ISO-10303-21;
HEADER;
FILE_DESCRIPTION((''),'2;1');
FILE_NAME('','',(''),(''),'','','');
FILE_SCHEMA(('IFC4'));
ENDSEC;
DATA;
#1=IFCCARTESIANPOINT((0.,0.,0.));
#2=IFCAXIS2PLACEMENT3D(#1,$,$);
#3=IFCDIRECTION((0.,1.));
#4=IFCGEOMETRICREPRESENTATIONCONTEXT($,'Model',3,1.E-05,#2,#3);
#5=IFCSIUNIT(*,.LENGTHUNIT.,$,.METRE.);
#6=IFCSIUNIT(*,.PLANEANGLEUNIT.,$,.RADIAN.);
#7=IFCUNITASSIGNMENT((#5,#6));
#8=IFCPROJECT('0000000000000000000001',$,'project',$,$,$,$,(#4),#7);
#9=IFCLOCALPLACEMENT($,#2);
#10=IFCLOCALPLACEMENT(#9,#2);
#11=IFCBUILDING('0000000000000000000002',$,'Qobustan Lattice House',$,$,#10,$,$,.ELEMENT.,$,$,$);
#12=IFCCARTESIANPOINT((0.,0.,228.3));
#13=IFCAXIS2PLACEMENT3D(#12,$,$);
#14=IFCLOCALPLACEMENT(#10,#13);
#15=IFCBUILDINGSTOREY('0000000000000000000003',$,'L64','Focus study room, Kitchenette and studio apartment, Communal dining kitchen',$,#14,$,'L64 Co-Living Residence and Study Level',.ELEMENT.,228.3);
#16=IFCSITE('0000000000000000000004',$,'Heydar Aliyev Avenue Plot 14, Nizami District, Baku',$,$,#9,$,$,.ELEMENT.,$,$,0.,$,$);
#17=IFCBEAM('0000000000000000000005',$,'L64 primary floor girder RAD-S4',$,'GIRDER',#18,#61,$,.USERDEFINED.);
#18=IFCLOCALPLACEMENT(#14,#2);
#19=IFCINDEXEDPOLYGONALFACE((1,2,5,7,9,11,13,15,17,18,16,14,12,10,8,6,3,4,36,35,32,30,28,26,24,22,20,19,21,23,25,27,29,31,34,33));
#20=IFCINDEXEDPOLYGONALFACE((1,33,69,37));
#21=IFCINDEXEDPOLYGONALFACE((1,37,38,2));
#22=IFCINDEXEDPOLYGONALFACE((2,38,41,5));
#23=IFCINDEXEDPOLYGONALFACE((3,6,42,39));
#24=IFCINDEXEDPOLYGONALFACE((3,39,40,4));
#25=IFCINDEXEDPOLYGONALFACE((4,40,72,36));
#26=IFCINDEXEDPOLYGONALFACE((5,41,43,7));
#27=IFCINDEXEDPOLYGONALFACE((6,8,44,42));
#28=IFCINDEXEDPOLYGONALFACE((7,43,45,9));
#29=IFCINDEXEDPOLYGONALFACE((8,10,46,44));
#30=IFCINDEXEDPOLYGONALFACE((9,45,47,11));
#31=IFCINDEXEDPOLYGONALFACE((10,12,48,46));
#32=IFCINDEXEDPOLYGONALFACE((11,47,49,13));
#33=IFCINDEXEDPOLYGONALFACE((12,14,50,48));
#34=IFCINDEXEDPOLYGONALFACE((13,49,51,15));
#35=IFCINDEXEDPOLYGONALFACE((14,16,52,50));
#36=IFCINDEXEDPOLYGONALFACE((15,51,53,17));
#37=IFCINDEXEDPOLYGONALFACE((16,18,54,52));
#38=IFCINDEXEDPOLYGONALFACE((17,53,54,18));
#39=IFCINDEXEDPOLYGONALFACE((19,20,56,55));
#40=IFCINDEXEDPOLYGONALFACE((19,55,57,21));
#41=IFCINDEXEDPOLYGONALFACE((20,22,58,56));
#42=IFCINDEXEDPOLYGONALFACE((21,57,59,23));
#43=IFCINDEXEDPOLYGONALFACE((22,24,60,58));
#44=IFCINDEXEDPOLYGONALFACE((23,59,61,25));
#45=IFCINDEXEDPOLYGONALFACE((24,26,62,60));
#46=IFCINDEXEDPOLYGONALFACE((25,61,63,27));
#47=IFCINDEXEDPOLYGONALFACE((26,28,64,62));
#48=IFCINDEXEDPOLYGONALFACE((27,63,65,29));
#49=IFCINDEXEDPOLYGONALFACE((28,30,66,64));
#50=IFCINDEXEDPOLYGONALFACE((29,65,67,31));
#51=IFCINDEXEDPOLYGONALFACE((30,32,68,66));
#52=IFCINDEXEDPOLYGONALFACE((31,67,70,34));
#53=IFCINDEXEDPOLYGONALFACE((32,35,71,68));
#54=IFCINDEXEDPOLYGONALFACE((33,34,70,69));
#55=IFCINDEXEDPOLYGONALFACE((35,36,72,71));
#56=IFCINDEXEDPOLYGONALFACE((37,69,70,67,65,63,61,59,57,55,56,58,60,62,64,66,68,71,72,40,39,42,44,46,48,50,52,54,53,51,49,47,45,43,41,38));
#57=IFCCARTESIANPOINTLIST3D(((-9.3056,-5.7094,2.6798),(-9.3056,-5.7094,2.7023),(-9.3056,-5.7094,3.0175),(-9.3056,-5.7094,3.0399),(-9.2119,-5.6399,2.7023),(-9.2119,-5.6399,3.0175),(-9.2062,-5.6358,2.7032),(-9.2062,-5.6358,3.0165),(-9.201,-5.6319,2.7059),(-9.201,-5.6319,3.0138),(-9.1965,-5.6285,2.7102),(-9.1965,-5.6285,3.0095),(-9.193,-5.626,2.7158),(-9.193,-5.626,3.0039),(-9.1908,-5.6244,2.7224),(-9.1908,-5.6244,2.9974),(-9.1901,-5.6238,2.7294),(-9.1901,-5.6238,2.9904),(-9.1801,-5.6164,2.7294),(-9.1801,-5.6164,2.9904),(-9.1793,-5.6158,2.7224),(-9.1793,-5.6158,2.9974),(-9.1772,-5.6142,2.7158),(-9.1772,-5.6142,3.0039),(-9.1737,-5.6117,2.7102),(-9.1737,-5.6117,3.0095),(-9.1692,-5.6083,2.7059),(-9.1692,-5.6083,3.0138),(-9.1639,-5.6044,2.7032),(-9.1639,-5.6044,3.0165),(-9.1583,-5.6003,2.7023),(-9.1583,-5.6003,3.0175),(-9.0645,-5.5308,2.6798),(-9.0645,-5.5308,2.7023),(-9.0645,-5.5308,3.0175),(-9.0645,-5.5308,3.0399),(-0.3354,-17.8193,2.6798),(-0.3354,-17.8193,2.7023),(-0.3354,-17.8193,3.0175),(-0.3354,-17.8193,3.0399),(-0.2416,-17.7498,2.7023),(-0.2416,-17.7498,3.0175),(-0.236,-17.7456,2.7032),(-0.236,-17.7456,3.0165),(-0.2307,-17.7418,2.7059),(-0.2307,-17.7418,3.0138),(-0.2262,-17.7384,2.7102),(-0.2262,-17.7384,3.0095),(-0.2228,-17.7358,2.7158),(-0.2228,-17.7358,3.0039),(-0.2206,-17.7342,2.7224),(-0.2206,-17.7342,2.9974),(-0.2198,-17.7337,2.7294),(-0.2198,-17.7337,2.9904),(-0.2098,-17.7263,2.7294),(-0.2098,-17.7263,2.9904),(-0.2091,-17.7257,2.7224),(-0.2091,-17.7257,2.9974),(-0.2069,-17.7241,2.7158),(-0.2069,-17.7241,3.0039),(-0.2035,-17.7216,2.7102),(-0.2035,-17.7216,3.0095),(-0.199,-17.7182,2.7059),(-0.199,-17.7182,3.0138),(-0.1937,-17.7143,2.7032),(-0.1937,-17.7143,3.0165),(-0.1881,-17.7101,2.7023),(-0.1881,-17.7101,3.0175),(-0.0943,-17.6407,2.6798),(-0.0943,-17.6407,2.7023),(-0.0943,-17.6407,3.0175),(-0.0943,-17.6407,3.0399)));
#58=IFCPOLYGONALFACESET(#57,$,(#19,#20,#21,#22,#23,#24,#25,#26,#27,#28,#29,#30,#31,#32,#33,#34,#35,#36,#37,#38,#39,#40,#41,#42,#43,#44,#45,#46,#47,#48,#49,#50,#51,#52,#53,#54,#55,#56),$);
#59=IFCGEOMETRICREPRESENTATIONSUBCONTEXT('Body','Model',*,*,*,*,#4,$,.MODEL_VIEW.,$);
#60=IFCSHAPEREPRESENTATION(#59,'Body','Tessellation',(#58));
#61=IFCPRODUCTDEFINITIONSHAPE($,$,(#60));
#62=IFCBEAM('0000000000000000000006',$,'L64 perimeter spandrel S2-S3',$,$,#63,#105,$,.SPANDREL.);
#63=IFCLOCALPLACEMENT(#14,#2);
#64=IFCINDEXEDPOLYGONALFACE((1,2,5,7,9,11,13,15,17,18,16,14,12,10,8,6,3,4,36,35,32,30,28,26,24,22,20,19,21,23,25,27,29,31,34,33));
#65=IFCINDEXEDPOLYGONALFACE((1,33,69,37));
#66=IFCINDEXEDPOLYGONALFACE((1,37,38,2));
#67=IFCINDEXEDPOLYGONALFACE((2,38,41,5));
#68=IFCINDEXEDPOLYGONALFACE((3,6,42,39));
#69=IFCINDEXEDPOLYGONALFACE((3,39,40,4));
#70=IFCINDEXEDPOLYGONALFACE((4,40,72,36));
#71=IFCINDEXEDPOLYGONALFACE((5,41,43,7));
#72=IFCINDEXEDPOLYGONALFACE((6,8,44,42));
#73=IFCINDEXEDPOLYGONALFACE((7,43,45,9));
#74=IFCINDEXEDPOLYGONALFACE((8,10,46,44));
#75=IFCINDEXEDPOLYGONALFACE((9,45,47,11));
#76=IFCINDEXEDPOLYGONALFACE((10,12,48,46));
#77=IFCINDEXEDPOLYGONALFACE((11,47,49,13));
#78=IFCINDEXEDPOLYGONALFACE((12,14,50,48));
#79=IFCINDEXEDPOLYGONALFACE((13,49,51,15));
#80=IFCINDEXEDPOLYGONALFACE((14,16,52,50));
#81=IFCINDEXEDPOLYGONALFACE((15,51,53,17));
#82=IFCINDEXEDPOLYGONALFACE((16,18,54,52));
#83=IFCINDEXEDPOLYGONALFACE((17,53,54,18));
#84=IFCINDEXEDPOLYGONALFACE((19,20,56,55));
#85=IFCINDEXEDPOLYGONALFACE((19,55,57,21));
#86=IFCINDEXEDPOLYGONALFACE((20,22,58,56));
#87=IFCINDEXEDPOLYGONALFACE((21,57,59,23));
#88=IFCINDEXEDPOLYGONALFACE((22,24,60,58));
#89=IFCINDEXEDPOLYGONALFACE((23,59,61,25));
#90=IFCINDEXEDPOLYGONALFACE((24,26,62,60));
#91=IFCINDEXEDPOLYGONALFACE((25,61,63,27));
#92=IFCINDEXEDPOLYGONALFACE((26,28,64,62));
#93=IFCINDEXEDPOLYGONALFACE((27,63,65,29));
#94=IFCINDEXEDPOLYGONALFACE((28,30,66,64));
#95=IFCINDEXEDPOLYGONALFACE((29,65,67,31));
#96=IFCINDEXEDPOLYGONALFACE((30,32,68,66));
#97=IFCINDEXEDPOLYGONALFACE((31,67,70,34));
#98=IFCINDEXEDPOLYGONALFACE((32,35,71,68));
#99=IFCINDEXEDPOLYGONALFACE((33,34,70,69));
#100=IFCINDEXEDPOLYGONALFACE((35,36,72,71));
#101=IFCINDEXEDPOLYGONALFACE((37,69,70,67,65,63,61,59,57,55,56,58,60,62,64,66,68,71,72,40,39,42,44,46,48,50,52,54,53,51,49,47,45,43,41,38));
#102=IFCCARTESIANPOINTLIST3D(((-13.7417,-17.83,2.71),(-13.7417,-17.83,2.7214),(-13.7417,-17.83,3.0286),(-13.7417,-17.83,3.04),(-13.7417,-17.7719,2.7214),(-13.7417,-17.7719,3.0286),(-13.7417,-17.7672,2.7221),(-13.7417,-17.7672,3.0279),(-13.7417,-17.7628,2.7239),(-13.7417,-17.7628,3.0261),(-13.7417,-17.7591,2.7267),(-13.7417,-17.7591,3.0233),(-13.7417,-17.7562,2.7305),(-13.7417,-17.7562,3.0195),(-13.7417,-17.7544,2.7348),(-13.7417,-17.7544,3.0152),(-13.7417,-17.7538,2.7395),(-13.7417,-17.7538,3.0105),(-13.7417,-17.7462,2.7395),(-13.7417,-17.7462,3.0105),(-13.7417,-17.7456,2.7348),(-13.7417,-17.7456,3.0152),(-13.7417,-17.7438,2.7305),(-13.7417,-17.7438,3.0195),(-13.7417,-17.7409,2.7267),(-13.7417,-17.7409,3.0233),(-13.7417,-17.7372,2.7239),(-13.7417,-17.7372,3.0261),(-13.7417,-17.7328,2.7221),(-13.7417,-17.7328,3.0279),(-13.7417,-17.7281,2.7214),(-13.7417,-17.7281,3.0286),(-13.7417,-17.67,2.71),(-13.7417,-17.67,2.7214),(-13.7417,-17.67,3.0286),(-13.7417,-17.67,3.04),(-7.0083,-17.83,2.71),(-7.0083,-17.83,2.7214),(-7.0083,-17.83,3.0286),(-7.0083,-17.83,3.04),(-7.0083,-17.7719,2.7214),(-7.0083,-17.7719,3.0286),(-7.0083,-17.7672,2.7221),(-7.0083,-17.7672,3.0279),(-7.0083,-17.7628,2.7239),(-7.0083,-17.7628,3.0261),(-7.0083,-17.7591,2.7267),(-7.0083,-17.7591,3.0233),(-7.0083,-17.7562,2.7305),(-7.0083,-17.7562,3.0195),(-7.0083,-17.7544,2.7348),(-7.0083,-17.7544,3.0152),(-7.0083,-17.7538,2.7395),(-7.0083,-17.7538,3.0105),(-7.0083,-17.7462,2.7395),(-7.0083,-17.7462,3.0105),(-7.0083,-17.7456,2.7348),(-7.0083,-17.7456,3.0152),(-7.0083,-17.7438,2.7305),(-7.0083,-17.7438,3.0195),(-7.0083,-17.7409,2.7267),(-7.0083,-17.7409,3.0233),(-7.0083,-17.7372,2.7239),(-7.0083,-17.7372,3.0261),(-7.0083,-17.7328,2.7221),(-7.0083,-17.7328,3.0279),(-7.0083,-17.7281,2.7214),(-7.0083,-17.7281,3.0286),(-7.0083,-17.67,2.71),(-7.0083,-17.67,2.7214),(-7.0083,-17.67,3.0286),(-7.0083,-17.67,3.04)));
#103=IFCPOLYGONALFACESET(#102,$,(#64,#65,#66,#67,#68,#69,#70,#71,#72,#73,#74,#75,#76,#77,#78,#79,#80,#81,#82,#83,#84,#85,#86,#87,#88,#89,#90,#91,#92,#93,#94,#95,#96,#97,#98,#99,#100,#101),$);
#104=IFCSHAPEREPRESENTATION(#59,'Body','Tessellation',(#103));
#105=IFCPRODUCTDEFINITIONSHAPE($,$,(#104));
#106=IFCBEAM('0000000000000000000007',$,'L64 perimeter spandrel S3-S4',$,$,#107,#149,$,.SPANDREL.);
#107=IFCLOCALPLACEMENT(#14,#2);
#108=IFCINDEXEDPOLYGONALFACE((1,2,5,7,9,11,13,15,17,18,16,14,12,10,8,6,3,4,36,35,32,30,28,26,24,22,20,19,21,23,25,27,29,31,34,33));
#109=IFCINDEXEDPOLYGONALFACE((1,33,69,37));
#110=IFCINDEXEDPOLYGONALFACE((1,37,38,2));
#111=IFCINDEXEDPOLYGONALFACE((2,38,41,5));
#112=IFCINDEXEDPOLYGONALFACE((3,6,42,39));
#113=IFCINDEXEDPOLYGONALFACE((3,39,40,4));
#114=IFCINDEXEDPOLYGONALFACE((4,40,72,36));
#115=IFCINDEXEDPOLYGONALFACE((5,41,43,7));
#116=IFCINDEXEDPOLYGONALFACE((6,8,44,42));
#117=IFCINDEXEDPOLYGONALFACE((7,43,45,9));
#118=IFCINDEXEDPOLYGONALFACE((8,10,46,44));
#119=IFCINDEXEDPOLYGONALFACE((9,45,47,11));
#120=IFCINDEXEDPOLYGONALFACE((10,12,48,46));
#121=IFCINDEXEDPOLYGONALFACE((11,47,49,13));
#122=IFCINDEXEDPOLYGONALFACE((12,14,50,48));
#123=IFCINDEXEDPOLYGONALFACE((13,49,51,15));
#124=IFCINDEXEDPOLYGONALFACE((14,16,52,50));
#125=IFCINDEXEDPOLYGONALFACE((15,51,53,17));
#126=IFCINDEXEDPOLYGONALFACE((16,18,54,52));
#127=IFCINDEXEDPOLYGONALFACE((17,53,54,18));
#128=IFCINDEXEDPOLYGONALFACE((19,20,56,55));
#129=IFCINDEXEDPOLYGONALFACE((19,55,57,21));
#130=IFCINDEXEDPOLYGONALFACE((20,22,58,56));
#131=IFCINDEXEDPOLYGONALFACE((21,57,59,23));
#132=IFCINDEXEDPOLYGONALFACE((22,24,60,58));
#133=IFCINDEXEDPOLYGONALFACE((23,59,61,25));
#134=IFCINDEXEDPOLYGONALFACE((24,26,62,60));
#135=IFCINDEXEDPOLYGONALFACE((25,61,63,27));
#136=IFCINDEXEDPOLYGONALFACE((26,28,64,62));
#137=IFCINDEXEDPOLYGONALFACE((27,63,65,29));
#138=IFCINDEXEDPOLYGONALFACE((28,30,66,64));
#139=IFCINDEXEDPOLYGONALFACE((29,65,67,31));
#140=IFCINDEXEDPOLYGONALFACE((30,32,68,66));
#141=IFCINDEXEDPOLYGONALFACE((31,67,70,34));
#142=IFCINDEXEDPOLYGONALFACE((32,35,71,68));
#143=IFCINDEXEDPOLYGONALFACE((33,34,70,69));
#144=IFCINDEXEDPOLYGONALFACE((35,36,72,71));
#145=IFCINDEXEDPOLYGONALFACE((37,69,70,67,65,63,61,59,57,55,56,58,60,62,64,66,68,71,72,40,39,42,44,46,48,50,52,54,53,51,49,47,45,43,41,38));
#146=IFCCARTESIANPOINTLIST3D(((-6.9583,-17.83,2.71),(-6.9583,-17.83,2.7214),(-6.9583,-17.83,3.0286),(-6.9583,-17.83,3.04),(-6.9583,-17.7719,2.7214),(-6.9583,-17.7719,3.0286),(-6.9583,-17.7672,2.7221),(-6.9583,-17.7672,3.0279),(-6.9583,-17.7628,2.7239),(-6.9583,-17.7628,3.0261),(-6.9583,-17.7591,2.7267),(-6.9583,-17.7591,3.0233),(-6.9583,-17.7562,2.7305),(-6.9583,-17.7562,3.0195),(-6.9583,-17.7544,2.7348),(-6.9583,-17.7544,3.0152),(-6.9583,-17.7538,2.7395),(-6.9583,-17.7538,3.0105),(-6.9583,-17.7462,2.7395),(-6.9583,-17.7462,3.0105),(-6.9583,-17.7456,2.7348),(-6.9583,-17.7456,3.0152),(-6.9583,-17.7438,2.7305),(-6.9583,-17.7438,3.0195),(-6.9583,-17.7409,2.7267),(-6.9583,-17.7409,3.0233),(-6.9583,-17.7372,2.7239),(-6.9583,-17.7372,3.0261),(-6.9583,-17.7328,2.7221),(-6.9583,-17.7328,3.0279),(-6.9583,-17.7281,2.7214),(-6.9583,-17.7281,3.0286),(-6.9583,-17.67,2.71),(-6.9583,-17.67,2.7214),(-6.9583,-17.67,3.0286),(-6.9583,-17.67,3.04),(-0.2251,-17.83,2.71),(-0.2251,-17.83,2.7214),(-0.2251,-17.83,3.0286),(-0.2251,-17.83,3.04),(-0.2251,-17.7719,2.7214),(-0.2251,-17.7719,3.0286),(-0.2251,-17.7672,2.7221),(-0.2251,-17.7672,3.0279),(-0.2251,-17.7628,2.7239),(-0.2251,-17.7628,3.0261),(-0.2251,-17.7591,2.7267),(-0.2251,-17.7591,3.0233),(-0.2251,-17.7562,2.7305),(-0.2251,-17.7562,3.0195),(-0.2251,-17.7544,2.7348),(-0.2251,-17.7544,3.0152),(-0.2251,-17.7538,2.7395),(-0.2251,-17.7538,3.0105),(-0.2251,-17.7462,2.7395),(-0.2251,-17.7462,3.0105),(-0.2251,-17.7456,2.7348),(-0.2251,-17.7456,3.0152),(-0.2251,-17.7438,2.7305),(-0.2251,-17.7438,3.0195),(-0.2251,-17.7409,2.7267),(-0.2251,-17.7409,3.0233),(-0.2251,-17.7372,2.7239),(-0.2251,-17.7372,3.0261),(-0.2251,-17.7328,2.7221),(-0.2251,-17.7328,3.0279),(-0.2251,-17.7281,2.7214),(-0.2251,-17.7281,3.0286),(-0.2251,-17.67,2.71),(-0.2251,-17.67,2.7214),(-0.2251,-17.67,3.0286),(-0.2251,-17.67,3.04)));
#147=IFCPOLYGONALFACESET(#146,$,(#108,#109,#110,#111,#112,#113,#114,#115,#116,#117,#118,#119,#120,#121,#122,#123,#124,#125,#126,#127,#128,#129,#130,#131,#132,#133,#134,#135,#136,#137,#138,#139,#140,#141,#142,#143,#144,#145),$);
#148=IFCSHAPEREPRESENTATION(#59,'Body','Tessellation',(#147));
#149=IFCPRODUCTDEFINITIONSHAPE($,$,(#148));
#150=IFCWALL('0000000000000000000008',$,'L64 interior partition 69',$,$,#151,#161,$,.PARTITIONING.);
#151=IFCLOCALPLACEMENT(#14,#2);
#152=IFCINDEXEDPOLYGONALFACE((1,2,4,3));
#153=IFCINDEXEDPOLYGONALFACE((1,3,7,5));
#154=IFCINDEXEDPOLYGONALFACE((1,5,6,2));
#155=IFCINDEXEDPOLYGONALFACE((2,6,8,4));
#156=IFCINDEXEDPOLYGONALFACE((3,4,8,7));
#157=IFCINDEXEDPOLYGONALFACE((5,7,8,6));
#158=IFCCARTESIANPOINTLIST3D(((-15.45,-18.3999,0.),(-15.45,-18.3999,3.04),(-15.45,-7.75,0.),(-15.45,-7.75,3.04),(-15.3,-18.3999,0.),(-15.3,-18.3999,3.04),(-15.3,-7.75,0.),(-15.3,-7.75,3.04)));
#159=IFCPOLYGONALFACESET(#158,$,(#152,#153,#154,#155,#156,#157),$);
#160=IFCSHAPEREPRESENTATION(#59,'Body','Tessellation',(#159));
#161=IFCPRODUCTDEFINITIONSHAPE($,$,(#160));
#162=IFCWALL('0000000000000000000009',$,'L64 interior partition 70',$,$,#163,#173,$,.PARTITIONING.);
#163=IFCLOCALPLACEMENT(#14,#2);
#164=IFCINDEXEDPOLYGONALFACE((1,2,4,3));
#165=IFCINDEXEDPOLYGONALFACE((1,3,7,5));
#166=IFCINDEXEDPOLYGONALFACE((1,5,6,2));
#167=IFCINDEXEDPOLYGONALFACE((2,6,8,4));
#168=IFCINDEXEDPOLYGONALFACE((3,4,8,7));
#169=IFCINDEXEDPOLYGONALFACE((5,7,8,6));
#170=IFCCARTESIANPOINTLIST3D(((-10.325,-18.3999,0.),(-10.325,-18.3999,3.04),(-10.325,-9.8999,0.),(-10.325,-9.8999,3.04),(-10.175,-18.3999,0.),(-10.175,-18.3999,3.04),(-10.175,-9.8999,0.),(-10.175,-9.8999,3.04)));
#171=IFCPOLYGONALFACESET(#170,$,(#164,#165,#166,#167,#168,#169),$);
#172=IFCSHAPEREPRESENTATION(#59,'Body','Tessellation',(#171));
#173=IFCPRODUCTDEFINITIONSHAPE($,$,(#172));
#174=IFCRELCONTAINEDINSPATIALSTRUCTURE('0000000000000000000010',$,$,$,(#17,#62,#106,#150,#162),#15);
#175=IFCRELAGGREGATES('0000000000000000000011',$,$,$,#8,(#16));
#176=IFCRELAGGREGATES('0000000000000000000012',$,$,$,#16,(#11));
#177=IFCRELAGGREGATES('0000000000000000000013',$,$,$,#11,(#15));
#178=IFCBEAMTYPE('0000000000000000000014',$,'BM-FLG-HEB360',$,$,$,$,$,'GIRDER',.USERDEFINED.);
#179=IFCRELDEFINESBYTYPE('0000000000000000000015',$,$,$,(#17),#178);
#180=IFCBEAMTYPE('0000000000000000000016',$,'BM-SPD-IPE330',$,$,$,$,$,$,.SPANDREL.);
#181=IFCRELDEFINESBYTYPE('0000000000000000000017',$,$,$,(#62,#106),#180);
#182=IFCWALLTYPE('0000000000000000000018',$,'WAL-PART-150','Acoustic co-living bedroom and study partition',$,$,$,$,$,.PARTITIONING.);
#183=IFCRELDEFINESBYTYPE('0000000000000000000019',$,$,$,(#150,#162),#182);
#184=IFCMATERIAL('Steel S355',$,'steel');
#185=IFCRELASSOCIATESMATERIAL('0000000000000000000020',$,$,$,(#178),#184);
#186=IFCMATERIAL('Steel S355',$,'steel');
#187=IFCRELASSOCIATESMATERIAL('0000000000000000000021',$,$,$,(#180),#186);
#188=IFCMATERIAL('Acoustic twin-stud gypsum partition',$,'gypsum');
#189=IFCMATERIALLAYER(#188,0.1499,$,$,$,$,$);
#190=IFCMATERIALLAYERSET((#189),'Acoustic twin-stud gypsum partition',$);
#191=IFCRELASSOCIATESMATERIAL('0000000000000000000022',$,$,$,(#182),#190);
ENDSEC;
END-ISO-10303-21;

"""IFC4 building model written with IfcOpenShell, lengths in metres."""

from ifc_helpers import new_model, si_unit, direction, frame, frame_2d, origin, origin_2d, place, context, subcontext, project, spatial, rectangle, i_section, extrude, material, layer, layer_set, material_profile, profile_set, type_object, element, save


model = new_model("IFC4")

# Units and contexts
model_context = context("Model", 3, precision=1e-05, world=origin(), true_north=direction((0.0, 1.0)))
body_context = subcontext(model_context, "Body", "Model", "MODEL_VIEW")
ifc_project = project(units=[si_unit("LENGTHUNIT", "METRE"), si_unit("PLANEANGLEUNIT", "RADIAN")], contexts=[model_context])

# Site, building, storey
site_placement = place(None, origin())
site = spatial("IfcSite", under=ifc_project, at=site_placement, Name="Heydar Aliyev Avenue Plot 14, Nizami District, Baku", CompositionType="ELEMENT", RefElevation=0.0)
building_placement = place(site_placement, origin())
building = spatial("IfcBuilding", under=site, at=building_placement, Name="Qobustan Lattice House", CompositionType="ELEMENT")
storey_placement = place(building_placement, frame((0.0, 0.0, 228.3)))
storey = spatial("IfcBuildingStorey", under=building, at=storey_placement, Name="L64", Description="Focus study room, Kitchenette and studio apartment, Communal dining kitchen", LongName="L64 Co-Living Residence and Study Level", CompositionType="ELEMENT", Elevation=228.3)

# Beams
ifc_material_1 = material(Name="Steel S355", Category="steel")
ifc_material_profile_1 = material_profile(ifc_material_1, i_section(OverallWidth=0.3, OverallDepth=0.3601, WebThickness=0.0125, FlangeThickness=0.0225, FilletRadius=0.0271, at=origin_2d()), Name="HEB360")
ifc_profile_set_1 = profile_set([ifc_material_profile_1], Name="Steel S355")
beam_type_1 = type_object("IfcBeamType", Name="BM-FLG-HEB360", ElementType="GIRDER", PredefinedType="USERDEFINED", material=ifc_profile_set_1)
beam_1_placement = place(storey_placement, frame((-0.2148, -17.73, 2.8599), z_axis=(-0.595225, 0.803559, 0.0), x_axis=(-0.803559, -0.595225, 0.0)))
element("IfcBeam", 1, at=beam_1_placement, inside=storey, type_object=beam_type_1, Name="L64 primary floor girder RAD-S4", ObjectType="GIRDER", PredefinedType="USERDEFINED", context=body_context, shape_type="SweptSolid", body=[
    extrude(i_section(OverallWidth=0.3, OverallDepth=0.3601, WebThickness=0.0125, FlangeThickness=0.0225, FilletRadius=0.0271, at=origin_2d()), origin(), (0.0, 0.0, 1.0), 15.0703),
])
ifc_material_2 = material(Name="Steel S355", Category="steel")
ifc_material_profile_2 = material_profile(ifc_material_2, i_section(OverallWidth=0.1599, OverallDepth=0.3301, WebThickness=0.0076, FlangeThickness=0.0115, FilletRadius=0.0181, at=origin_2d()), Name="IPE330")
ifc_profile_set_2 = profile_set([ifc_material_profile_2], Name="Steel S355")
beam_type_2 = type_object("IfcBeamType", Name="BM-SPD-IPE330", PredefinedType="SPANDREL", material=ifc_profile_set_2)
beam_2_placement = place(storey_placement, frame((-13.7417, -17.75, 2.875), z_axis=(1.0, 0.0, 0.0), x_axis=(0.0, 1.0, 0.0)))
element("IfcBeam", 2, at=beam_2_placement, inside=storey, type_object=beam_type_2, Name="L64 perimeter spandrel S2-S3", PredefinedType="SPANDREL", context=body_context, shape_type="SweptSolid", body=[
    extrude(i_section(OverallWidth=0.1599, OverallDepth=0.3301, WebThickness=0.0076, FlangeThickness=0.0115, FilletRadius=0.0181, at=origin_2d()), origin(), (0.0, 0.0, 1.0), 6.7334),
])
beam_3_placement = place(storey_placement, frame((-6.9583, -17.75, 2.875), z_axis=(1.0, 0.0, 0.0), x_axis=(0.0, 1.0, 0.0)))
element("IfcBeam", 3, at=beam_3_placement, inside=storey, type_object=beam_type_2, Name="L64 perimeter spandrel S3-S4", PredefinedType="SPANDREL", context=body_context, shape_type="SweptSolid", body=[
    extrude(i_section(OverallWidth=0.1599, OverallDepth=0.3301, WebThickness=0.0076, FlangeThickness=0.0115, FilletRadius=0.0181, at=origin_2d()), origin(), (0.0, 0.0, 1.0), 6.7332),
])

# Shared definitions
ifc_material_3 = material(Name="Acoustic twin-stud gypsum partition", Category="gypsum")
ifc_layer_1 = layer(ifc_material_3, 0.1499)
ifc_layer_set_1 = layer_set([ifc_layer_1], Name="Acoustic twin-stud gypsum partition")
wall_type_1 = type_object("IfcWallType", Name="WAL-PART-150", Description="Acoustic co-living bedroom and study partition", PredefinedType="PARTITIONING", material=ifc_layer_set_1)

# Walls
wall_1_placement = place(storey_placement, frame((-15.375, -7.75, 0.0), z_axis=(0.0, 0.0, 1.0), x_axis=(0.0, -1.0, 0.0)))
element("IfcWall", 4, at=wall_1_placement, inside=storey, type_object=wall_type_1, Name="L64 interior partition 69", PredefinedType="PARTITIONING", context=body_context, shape_type="SweptSolid", body=[
    extrude(rectangle(XDim=10.6499, YDim=0.1499, at=frame_2d((5.325, 0.0))), origin(), (0.0, 0.0, 1.0), 3.04),
])
wall_2_placement = place(storey_placement, frame((-10.25, -9.8999, 0.0), z_axis=(0.0, 0.0, 1.0), x_axis=(0.0, -1.0, 0.0)))
element("IfcWall", 5, at=wall_2_placement, inside=storey, type_object=wall_type_1, Name="L64 interior partition 70", PredefinedType="PARTITIONING", context=body_context, shape_type="SweptSolid", body=[
    extrude(rectangle(XDim=8.5, YDim=0.1499, at=frame_2d((4.25, 0.0))), origin(), (0.0, 0.0, 1.0), 3.04),
])

save(model, "model.ifc")
